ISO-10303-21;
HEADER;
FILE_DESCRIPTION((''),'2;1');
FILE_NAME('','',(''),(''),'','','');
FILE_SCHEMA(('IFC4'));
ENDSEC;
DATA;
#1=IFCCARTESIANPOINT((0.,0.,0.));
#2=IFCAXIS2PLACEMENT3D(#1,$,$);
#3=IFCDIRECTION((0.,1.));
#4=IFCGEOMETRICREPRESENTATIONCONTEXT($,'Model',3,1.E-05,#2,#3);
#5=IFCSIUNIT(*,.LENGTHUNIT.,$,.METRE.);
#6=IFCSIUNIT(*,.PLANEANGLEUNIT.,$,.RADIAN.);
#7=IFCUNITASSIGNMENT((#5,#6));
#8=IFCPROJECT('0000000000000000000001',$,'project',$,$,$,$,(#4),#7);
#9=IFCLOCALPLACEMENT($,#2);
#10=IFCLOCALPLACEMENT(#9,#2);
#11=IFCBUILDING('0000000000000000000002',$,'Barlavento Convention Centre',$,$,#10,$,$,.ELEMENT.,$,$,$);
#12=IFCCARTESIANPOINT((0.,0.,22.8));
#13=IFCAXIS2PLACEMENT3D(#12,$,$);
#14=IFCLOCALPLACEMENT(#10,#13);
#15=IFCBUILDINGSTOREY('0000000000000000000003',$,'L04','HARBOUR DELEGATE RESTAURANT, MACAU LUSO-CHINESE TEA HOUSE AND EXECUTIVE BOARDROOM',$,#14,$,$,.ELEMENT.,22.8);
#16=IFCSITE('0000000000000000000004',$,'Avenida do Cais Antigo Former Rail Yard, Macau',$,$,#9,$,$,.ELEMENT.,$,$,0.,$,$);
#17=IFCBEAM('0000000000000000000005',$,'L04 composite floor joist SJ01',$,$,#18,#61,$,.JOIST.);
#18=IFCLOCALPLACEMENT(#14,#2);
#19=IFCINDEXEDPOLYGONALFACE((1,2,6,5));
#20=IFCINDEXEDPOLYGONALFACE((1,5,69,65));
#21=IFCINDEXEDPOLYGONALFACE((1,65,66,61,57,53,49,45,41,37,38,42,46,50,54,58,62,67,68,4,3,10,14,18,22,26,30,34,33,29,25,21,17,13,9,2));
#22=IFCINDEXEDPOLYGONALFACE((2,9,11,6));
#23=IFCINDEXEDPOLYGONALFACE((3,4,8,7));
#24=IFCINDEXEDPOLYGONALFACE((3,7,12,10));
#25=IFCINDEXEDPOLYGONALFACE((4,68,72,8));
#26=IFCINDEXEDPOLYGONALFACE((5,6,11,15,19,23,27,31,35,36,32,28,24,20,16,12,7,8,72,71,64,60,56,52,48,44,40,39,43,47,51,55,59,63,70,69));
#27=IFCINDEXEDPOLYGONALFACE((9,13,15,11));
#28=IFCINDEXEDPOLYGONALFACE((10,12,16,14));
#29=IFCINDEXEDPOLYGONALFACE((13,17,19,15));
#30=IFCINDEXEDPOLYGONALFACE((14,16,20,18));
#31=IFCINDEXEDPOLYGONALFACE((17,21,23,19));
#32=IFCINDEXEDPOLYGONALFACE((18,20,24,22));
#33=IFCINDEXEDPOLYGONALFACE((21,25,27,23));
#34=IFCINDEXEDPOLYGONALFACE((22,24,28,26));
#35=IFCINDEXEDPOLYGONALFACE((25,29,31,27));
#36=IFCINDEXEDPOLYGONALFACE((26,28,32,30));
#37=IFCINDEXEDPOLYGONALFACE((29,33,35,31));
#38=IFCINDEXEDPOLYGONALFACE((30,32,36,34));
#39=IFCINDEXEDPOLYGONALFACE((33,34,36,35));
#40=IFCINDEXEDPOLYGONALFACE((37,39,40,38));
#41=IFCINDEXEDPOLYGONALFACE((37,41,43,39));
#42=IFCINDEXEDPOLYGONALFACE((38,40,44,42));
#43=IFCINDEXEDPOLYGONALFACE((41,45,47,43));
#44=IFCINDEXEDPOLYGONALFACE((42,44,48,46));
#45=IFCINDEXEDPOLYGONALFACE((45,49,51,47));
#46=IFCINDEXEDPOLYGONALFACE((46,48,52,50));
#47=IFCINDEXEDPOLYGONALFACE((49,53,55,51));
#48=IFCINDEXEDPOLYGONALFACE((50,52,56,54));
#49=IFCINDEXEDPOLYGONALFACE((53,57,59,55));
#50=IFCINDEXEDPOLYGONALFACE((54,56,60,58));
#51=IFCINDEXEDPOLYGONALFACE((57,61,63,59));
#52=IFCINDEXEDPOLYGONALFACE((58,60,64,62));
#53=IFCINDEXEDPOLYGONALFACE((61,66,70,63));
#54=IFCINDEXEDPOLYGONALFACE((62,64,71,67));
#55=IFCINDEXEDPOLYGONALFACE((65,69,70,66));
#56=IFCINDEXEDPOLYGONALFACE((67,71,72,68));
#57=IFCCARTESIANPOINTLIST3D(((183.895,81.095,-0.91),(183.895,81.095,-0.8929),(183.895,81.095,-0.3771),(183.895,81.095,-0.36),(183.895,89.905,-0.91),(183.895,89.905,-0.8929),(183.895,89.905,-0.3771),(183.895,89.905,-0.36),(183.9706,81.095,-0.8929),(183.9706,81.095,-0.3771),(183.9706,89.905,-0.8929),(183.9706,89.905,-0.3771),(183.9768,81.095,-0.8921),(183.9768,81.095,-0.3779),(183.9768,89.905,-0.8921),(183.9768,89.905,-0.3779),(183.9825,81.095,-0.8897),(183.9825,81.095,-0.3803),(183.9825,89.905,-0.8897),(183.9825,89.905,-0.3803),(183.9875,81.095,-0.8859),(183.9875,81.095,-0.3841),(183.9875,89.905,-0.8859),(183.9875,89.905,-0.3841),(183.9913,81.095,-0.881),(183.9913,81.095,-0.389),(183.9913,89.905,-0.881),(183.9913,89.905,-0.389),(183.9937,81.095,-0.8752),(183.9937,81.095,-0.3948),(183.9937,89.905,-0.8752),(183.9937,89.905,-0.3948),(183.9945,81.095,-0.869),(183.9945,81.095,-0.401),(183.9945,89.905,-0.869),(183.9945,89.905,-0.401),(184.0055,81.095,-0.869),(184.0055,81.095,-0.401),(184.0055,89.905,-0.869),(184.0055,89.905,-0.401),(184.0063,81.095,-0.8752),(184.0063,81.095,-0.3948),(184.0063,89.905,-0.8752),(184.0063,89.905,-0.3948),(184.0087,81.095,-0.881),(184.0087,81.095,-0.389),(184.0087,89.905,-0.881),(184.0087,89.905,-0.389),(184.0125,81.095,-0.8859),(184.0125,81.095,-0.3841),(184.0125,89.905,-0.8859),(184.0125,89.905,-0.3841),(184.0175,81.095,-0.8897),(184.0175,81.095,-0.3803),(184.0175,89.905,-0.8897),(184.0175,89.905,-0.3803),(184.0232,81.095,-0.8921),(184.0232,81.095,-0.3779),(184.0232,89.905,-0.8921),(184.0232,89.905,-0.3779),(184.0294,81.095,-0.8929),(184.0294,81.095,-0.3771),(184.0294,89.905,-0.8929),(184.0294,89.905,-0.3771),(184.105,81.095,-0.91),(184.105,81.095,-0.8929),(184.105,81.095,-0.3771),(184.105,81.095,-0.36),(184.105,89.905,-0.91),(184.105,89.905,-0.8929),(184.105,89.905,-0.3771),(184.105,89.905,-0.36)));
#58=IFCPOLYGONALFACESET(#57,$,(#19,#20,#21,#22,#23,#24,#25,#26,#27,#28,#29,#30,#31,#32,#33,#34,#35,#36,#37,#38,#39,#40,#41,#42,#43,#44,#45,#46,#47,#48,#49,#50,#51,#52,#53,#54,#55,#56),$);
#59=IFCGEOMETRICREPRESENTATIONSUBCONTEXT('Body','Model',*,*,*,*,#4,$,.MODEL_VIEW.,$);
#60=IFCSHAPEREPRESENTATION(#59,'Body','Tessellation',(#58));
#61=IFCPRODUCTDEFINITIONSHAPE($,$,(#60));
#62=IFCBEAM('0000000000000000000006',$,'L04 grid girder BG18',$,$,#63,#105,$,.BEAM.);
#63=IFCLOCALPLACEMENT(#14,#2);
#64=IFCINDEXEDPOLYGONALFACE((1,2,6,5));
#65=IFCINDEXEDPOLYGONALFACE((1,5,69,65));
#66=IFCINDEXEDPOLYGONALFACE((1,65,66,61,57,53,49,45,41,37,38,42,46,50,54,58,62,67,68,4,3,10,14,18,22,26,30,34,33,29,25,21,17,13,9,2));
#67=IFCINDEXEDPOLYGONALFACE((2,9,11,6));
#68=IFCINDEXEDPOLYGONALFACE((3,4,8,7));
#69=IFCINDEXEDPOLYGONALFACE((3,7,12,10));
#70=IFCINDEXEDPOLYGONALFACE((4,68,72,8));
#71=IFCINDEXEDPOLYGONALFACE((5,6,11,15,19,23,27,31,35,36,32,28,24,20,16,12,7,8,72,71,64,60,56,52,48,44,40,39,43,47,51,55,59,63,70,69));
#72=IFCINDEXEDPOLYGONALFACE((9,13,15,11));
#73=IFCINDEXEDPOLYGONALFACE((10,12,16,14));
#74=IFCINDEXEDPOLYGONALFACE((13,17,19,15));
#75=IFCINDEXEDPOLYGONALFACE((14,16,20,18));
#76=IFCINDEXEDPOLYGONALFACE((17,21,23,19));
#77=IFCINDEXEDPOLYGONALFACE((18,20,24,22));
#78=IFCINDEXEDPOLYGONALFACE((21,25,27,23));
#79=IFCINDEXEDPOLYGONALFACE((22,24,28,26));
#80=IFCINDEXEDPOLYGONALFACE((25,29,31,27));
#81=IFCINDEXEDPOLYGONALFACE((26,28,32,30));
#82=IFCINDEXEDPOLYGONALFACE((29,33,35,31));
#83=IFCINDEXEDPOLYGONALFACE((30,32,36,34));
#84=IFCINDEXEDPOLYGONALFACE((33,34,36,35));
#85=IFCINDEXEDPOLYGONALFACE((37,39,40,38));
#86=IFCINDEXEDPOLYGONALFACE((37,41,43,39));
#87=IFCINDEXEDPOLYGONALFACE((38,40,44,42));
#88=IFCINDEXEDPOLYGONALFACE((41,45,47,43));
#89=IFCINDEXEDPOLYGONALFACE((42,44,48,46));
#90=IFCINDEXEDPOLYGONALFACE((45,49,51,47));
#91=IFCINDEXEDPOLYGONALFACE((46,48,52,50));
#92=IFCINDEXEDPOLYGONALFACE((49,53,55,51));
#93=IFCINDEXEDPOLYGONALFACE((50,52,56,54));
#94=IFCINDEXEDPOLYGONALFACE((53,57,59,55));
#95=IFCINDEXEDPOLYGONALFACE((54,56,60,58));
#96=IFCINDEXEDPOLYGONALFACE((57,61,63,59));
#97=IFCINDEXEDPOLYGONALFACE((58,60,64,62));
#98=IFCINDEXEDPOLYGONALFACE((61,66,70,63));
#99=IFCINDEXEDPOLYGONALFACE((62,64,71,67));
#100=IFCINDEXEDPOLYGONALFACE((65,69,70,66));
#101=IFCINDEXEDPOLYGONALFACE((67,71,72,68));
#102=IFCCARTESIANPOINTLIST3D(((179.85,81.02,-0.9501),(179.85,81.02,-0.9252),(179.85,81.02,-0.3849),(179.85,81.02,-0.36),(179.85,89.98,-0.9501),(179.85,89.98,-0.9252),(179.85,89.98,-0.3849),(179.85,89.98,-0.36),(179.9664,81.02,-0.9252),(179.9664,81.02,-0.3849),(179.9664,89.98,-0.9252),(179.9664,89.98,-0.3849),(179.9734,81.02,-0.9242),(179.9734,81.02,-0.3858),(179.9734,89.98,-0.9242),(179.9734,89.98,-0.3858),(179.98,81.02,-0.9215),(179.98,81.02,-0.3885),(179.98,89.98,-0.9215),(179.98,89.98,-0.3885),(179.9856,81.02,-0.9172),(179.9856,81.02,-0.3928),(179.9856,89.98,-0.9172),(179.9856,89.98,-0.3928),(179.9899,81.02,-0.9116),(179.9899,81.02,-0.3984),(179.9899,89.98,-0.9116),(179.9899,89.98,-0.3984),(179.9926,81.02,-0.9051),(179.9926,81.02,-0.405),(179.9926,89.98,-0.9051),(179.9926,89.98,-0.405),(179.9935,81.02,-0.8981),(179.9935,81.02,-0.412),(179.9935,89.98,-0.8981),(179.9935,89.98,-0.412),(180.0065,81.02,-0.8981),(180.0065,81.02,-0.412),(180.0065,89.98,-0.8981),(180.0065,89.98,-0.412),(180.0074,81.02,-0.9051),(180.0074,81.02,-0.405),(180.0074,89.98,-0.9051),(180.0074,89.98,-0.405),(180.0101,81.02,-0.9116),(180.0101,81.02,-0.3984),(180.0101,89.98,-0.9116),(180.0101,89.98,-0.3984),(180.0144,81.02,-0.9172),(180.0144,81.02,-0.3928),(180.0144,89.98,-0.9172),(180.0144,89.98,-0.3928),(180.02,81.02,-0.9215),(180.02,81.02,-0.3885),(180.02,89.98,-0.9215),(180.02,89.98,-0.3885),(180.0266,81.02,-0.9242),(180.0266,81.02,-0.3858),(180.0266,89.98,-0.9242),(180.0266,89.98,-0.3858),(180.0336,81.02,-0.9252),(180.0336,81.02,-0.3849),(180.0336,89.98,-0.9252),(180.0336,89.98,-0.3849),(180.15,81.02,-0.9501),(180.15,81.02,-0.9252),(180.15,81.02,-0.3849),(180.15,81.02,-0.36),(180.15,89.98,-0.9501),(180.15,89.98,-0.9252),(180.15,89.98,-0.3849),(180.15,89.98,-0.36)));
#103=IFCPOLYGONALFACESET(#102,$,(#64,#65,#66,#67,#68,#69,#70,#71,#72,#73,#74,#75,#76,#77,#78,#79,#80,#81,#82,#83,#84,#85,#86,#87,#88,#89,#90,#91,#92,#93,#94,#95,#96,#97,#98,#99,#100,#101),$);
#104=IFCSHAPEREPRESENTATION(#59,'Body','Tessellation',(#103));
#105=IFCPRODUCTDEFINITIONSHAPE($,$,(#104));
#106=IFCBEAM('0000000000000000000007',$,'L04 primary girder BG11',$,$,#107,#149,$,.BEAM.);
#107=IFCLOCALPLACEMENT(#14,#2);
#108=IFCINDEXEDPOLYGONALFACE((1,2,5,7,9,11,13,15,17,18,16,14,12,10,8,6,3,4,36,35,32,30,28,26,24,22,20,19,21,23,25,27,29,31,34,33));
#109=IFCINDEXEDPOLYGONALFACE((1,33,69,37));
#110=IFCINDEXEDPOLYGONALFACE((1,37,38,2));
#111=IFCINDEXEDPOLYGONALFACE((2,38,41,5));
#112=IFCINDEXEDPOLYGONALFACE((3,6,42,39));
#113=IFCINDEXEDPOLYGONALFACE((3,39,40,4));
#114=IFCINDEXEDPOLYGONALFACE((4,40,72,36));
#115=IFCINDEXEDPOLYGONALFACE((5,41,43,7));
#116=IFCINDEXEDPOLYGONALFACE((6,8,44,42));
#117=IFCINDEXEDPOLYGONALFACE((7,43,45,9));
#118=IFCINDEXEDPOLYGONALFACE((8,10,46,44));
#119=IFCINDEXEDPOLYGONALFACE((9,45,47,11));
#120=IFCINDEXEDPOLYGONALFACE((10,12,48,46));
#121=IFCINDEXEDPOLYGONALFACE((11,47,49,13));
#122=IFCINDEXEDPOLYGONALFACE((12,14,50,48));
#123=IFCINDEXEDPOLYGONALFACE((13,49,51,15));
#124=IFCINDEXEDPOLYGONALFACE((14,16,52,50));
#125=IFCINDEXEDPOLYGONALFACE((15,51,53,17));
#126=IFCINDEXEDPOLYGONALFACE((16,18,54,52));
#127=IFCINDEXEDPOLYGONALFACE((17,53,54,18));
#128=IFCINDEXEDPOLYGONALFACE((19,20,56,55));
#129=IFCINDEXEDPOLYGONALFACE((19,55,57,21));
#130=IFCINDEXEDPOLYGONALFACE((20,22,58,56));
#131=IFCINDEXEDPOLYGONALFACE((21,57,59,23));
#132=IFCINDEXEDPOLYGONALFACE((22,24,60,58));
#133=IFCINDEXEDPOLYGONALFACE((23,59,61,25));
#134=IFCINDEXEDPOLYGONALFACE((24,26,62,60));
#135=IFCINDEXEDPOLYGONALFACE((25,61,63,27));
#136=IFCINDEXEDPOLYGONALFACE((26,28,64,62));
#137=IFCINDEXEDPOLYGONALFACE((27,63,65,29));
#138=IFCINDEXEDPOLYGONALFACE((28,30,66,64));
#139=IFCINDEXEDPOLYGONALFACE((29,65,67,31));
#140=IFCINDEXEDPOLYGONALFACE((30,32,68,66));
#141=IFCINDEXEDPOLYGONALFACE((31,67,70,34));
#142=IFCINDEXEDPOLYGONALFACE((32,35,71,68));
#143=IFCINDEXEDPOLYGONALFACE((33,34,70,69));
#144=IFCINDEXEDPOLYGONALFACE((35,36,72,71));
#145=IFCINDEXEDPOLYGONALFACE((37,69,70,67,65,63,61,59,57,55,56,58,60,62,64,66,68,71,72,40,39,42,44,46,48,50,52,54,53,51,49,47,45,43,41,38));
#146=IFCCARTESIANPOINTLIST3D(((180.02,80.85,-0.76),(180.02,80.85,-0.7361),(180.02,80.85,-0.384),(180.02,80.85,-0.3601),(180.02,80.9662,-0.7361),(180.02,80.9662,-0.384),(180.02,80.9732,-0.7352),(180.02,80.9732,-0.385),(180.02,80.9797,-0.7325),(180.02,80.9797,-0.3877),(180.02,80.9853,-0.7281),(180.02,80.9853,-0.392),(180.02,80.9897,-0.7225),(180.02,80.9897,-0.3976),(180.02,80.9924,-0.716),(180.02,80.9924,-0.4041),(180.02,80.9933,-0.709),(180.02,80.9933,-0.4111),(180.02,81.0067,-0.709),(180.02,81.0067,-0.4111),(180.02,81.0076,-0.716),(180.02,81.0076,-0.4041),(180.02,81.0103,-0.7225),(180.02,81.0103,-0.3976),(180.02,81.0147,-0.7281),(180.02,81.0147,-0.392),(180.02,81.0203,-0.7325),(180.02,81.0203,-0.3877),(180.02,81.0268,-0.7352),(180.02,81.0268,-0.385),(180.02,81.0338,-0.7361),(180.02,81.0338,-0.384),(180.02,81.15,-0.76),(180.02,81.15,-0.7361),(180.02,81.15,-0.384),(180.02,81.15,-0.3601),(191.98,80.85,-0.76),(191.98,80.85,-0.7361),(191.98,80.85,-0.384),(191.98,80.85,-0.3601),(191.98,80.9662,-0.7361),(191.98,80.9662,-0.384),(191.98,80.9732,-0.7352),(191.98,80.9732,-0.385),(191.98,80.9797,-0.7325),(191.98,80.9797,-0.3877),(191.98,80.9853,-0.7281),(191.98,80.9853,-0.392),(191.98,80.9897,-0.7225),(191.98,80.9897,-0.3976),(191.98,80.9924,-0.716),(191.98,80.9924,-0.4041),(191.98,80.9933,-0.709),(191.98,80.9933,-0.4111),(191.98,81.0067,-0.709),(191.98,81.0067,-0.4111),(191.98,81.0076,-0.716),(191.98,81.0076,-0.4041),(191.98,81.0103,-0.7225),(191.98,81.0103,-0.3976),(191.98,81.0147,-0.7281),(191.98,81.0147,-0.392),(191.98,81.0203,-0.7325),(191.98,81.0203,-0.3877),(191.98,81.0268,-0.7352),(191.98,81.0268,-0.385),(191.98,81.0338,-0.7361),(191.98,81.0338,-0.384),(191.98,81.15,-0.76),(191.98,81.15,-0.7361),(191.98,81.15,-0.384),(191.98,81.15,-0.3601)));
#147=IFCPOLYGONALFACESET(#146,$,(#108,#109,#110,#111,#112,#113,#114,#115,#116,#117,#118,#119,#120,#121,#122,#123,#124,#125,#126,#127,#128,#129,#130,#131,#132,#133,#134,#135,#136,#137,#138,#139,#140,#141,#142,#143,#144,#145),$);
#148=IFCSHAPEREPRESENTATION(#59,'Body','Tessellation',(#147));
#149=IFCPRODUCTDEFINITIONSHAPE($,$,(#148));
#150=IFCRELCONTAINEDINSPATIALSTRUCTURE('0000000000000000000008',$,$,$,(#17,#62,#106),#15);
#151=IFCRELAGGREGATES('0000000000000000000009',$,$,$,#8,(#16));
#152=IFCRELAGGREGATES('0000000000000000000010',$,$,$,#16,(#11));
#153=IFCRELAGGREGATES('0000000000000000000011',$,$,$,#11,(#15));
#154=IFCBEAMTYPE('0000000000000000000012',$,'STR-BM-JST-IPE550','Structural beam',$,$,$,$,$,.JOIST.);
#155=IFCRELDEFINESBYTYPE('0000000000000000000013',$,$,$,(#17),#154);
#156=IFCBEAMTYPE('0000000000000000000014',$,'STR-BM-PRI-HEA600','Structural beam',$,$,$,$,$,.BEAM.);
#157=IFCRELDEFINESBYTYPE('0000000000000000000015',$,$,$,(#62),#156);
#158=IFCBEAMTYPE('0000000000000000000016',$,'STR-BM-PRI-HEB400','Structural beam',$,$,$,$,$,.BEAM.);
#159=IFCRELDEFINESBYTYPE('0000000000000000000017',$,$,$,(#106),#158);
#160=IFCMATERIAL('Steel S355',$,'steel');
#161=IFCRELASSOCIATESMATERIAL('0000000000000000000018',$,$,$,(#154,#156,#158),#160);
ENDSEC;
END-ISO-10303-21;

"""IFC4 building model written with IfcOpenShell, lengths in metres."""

from ifc_helpers import new_model, si_unit, direction, frame, origin, origin_2d, place, context, subcontext, project, spatial, i_section, extrude, material, material_profile, profile_set, type_object, element, save


model = new_model("IFC4")

# Units and contexts
model_context = context("Model", 3, precision=1e-05, world=origin(), true_north=direction((0.0, 1.0)))
body_context = subcontext(model_context, "Body", "Model", "MODEL_VIEW")
ifc_project = project(units=[si_unit("LENGTHUNIT", "METRE"), si_unit("PLANEANGLEUNIT", "RADIAN")], contexts=[model_context])

# Site, building, storey
site_placement = place(None, origin())
site = spatial("IfcSite", under=ifc_project, at=site_placement, Name="Avenida do Cais Antigo Former Rail Yard, Macau", CompositionType="ELEMENT", RefElevation=0.0)
building_placement = place(site_placement, origin())
building = spatial("IfcBuilding", under=site, at=building_placement, Name="Barlavento Convention Centre", CompositionType="ELEMENT")
storey_placement = place(building_placement, frame((0.0, 0.0, 22.8)))
storey = spatial("IfcBuildingStorey", under=building, at=storey_placement, Name="L04", Description="HARBOUR DELEGATE RESTAURANT, MACAU LUSO-CHINESE TEA HOUSE AND EXECUTIVE BOARDROOM", CompositionType="ELEMENT", Elevation=22.8)

# Shared definitions
ifc_material_1 = material(Name="Steel S355", Category="steel")

# Beams
ifc_material_profile_1 = material_profile(ifc_material_1, i_section(OverallWidth=0.21, OverallDepth=0.55, WebThickness=0.011, FlangeThickness=0.0171, FilletRadius=0.0239, at=origin_2d()), Name="IPE 550")
ifc_profile_set_1 = profile_set([ifc_material_profile_1], Name="Steel S355")
beam_type_1 = type_object("IfcBeamType", Name="STR-BM-JST-IPE550", Description="Structural beam", PredefinedType="JOIST", material=ifc_profile_set_1)
beam_1_placement = place(storey_placement, frame((184.0, 81.095, -0.635), z_axis=(0.0, 1.0, 0.0), x_axis=(-1.0, 0.0, 0.0)))
element("IfcBeam", 1, at=beam_1_placement, inside=storey, type_object=beam_type_1, Name="L04 composite floor joist SJ01", PredefinedType="JOIST", context=body_context, shape_type="SweptSolid", body=[
    extrude(i_section(OverallWidth=0.21, OverallDepth=0.55, WebThickness=0.011, FlangeThickness=0.0171, FilletRadius=0.0239, at=origin_2d()), origin(), (0.0, 0.0, 1.0), 8.8101),
])
ifc_material_profile_2 = material_profile(ifc_material_1, i_section(OverallWidth=0.3, OverallDepth=0.5901, WebThickness=0.0129, FlangeThickness=0.0249, FilletRadius=0.0271, at=origin_2d()), Name="HEA 600")
ifc_profile_set_2 = profile_set([ifc_material_profile_2], Name="Steel S355")
beam_type_2 = type_object("IfcBeamType", Name="STR-BM-PRI-HEA600", Description="Structural beam", PredefinedType="BEAM", material=ifc_profile_set_2)
beam_2_placement = place(storey_placement, frame((180.0, 81.02, -0.655), z_axis=(0.0, 1.0, 0.0), x_axis=(-1.0, 0.0, 0.0)))
element("IfcBeam", 2, at=beam_2_placement, inside=storey, type_object=beam_type_2, Name="L04 grid girder BG18", PredefinedType="BEAM", context=body_context, shape_type="SweptSolid", body=[
    extrude(i_section(OverallWidth=0.3, OverallDepth=0.5901, WebThickness=0.0129, FlangeThickness=0.0249, FilletRadius=0.0271, at=origin_2d()), origin(), (0.0, 0.0, 1.0), 8.96),
])
ifc_material_profile_3 = material_profile(ifc_material_1, i_section(OverallWidth=0.3, OverallDepth=0.3999, WebThickness=0.0134, FlangeThickness=0.0239, FilletRadius=0.0271, at=origin_2d()), Name="HEB 400")
ifc_profile_set_3 = profile_set([ifc_material_profile_3], Name="Steel S355")
beam_type_3 = type_object("IfcBeamType", Name="STR-BM-PRI-HEB400", Description="Structural beam", PredefinedType="BEAM", material=ifc_profile_set_3)
beam_3_placement = place(storey_placement, frame((180.02, 81.0, -0.5601), z_axis=(1.0, 0.0, 0.0), x_axis=(0.0, 1.0, 0.0)))
element("IfcBeam", 3, at=beam_3_placement, inside=storey, type_object=beam_type_3, Name="L04 primary girder BG11", PredefinedType="BEAM", context=body_context, shape_type="SweptSolid", body=[
    extrude(i_section(OverallWidth=0.3, OverallDepth=0.3999, WebThickness=0.0134, FlangeThickness=0.0239, FilletRadius=0.0271, at=origin_2d()), origin(), (0.0, 0.0, 1.0), 11.96),
])

save(model, "model.ifc")
